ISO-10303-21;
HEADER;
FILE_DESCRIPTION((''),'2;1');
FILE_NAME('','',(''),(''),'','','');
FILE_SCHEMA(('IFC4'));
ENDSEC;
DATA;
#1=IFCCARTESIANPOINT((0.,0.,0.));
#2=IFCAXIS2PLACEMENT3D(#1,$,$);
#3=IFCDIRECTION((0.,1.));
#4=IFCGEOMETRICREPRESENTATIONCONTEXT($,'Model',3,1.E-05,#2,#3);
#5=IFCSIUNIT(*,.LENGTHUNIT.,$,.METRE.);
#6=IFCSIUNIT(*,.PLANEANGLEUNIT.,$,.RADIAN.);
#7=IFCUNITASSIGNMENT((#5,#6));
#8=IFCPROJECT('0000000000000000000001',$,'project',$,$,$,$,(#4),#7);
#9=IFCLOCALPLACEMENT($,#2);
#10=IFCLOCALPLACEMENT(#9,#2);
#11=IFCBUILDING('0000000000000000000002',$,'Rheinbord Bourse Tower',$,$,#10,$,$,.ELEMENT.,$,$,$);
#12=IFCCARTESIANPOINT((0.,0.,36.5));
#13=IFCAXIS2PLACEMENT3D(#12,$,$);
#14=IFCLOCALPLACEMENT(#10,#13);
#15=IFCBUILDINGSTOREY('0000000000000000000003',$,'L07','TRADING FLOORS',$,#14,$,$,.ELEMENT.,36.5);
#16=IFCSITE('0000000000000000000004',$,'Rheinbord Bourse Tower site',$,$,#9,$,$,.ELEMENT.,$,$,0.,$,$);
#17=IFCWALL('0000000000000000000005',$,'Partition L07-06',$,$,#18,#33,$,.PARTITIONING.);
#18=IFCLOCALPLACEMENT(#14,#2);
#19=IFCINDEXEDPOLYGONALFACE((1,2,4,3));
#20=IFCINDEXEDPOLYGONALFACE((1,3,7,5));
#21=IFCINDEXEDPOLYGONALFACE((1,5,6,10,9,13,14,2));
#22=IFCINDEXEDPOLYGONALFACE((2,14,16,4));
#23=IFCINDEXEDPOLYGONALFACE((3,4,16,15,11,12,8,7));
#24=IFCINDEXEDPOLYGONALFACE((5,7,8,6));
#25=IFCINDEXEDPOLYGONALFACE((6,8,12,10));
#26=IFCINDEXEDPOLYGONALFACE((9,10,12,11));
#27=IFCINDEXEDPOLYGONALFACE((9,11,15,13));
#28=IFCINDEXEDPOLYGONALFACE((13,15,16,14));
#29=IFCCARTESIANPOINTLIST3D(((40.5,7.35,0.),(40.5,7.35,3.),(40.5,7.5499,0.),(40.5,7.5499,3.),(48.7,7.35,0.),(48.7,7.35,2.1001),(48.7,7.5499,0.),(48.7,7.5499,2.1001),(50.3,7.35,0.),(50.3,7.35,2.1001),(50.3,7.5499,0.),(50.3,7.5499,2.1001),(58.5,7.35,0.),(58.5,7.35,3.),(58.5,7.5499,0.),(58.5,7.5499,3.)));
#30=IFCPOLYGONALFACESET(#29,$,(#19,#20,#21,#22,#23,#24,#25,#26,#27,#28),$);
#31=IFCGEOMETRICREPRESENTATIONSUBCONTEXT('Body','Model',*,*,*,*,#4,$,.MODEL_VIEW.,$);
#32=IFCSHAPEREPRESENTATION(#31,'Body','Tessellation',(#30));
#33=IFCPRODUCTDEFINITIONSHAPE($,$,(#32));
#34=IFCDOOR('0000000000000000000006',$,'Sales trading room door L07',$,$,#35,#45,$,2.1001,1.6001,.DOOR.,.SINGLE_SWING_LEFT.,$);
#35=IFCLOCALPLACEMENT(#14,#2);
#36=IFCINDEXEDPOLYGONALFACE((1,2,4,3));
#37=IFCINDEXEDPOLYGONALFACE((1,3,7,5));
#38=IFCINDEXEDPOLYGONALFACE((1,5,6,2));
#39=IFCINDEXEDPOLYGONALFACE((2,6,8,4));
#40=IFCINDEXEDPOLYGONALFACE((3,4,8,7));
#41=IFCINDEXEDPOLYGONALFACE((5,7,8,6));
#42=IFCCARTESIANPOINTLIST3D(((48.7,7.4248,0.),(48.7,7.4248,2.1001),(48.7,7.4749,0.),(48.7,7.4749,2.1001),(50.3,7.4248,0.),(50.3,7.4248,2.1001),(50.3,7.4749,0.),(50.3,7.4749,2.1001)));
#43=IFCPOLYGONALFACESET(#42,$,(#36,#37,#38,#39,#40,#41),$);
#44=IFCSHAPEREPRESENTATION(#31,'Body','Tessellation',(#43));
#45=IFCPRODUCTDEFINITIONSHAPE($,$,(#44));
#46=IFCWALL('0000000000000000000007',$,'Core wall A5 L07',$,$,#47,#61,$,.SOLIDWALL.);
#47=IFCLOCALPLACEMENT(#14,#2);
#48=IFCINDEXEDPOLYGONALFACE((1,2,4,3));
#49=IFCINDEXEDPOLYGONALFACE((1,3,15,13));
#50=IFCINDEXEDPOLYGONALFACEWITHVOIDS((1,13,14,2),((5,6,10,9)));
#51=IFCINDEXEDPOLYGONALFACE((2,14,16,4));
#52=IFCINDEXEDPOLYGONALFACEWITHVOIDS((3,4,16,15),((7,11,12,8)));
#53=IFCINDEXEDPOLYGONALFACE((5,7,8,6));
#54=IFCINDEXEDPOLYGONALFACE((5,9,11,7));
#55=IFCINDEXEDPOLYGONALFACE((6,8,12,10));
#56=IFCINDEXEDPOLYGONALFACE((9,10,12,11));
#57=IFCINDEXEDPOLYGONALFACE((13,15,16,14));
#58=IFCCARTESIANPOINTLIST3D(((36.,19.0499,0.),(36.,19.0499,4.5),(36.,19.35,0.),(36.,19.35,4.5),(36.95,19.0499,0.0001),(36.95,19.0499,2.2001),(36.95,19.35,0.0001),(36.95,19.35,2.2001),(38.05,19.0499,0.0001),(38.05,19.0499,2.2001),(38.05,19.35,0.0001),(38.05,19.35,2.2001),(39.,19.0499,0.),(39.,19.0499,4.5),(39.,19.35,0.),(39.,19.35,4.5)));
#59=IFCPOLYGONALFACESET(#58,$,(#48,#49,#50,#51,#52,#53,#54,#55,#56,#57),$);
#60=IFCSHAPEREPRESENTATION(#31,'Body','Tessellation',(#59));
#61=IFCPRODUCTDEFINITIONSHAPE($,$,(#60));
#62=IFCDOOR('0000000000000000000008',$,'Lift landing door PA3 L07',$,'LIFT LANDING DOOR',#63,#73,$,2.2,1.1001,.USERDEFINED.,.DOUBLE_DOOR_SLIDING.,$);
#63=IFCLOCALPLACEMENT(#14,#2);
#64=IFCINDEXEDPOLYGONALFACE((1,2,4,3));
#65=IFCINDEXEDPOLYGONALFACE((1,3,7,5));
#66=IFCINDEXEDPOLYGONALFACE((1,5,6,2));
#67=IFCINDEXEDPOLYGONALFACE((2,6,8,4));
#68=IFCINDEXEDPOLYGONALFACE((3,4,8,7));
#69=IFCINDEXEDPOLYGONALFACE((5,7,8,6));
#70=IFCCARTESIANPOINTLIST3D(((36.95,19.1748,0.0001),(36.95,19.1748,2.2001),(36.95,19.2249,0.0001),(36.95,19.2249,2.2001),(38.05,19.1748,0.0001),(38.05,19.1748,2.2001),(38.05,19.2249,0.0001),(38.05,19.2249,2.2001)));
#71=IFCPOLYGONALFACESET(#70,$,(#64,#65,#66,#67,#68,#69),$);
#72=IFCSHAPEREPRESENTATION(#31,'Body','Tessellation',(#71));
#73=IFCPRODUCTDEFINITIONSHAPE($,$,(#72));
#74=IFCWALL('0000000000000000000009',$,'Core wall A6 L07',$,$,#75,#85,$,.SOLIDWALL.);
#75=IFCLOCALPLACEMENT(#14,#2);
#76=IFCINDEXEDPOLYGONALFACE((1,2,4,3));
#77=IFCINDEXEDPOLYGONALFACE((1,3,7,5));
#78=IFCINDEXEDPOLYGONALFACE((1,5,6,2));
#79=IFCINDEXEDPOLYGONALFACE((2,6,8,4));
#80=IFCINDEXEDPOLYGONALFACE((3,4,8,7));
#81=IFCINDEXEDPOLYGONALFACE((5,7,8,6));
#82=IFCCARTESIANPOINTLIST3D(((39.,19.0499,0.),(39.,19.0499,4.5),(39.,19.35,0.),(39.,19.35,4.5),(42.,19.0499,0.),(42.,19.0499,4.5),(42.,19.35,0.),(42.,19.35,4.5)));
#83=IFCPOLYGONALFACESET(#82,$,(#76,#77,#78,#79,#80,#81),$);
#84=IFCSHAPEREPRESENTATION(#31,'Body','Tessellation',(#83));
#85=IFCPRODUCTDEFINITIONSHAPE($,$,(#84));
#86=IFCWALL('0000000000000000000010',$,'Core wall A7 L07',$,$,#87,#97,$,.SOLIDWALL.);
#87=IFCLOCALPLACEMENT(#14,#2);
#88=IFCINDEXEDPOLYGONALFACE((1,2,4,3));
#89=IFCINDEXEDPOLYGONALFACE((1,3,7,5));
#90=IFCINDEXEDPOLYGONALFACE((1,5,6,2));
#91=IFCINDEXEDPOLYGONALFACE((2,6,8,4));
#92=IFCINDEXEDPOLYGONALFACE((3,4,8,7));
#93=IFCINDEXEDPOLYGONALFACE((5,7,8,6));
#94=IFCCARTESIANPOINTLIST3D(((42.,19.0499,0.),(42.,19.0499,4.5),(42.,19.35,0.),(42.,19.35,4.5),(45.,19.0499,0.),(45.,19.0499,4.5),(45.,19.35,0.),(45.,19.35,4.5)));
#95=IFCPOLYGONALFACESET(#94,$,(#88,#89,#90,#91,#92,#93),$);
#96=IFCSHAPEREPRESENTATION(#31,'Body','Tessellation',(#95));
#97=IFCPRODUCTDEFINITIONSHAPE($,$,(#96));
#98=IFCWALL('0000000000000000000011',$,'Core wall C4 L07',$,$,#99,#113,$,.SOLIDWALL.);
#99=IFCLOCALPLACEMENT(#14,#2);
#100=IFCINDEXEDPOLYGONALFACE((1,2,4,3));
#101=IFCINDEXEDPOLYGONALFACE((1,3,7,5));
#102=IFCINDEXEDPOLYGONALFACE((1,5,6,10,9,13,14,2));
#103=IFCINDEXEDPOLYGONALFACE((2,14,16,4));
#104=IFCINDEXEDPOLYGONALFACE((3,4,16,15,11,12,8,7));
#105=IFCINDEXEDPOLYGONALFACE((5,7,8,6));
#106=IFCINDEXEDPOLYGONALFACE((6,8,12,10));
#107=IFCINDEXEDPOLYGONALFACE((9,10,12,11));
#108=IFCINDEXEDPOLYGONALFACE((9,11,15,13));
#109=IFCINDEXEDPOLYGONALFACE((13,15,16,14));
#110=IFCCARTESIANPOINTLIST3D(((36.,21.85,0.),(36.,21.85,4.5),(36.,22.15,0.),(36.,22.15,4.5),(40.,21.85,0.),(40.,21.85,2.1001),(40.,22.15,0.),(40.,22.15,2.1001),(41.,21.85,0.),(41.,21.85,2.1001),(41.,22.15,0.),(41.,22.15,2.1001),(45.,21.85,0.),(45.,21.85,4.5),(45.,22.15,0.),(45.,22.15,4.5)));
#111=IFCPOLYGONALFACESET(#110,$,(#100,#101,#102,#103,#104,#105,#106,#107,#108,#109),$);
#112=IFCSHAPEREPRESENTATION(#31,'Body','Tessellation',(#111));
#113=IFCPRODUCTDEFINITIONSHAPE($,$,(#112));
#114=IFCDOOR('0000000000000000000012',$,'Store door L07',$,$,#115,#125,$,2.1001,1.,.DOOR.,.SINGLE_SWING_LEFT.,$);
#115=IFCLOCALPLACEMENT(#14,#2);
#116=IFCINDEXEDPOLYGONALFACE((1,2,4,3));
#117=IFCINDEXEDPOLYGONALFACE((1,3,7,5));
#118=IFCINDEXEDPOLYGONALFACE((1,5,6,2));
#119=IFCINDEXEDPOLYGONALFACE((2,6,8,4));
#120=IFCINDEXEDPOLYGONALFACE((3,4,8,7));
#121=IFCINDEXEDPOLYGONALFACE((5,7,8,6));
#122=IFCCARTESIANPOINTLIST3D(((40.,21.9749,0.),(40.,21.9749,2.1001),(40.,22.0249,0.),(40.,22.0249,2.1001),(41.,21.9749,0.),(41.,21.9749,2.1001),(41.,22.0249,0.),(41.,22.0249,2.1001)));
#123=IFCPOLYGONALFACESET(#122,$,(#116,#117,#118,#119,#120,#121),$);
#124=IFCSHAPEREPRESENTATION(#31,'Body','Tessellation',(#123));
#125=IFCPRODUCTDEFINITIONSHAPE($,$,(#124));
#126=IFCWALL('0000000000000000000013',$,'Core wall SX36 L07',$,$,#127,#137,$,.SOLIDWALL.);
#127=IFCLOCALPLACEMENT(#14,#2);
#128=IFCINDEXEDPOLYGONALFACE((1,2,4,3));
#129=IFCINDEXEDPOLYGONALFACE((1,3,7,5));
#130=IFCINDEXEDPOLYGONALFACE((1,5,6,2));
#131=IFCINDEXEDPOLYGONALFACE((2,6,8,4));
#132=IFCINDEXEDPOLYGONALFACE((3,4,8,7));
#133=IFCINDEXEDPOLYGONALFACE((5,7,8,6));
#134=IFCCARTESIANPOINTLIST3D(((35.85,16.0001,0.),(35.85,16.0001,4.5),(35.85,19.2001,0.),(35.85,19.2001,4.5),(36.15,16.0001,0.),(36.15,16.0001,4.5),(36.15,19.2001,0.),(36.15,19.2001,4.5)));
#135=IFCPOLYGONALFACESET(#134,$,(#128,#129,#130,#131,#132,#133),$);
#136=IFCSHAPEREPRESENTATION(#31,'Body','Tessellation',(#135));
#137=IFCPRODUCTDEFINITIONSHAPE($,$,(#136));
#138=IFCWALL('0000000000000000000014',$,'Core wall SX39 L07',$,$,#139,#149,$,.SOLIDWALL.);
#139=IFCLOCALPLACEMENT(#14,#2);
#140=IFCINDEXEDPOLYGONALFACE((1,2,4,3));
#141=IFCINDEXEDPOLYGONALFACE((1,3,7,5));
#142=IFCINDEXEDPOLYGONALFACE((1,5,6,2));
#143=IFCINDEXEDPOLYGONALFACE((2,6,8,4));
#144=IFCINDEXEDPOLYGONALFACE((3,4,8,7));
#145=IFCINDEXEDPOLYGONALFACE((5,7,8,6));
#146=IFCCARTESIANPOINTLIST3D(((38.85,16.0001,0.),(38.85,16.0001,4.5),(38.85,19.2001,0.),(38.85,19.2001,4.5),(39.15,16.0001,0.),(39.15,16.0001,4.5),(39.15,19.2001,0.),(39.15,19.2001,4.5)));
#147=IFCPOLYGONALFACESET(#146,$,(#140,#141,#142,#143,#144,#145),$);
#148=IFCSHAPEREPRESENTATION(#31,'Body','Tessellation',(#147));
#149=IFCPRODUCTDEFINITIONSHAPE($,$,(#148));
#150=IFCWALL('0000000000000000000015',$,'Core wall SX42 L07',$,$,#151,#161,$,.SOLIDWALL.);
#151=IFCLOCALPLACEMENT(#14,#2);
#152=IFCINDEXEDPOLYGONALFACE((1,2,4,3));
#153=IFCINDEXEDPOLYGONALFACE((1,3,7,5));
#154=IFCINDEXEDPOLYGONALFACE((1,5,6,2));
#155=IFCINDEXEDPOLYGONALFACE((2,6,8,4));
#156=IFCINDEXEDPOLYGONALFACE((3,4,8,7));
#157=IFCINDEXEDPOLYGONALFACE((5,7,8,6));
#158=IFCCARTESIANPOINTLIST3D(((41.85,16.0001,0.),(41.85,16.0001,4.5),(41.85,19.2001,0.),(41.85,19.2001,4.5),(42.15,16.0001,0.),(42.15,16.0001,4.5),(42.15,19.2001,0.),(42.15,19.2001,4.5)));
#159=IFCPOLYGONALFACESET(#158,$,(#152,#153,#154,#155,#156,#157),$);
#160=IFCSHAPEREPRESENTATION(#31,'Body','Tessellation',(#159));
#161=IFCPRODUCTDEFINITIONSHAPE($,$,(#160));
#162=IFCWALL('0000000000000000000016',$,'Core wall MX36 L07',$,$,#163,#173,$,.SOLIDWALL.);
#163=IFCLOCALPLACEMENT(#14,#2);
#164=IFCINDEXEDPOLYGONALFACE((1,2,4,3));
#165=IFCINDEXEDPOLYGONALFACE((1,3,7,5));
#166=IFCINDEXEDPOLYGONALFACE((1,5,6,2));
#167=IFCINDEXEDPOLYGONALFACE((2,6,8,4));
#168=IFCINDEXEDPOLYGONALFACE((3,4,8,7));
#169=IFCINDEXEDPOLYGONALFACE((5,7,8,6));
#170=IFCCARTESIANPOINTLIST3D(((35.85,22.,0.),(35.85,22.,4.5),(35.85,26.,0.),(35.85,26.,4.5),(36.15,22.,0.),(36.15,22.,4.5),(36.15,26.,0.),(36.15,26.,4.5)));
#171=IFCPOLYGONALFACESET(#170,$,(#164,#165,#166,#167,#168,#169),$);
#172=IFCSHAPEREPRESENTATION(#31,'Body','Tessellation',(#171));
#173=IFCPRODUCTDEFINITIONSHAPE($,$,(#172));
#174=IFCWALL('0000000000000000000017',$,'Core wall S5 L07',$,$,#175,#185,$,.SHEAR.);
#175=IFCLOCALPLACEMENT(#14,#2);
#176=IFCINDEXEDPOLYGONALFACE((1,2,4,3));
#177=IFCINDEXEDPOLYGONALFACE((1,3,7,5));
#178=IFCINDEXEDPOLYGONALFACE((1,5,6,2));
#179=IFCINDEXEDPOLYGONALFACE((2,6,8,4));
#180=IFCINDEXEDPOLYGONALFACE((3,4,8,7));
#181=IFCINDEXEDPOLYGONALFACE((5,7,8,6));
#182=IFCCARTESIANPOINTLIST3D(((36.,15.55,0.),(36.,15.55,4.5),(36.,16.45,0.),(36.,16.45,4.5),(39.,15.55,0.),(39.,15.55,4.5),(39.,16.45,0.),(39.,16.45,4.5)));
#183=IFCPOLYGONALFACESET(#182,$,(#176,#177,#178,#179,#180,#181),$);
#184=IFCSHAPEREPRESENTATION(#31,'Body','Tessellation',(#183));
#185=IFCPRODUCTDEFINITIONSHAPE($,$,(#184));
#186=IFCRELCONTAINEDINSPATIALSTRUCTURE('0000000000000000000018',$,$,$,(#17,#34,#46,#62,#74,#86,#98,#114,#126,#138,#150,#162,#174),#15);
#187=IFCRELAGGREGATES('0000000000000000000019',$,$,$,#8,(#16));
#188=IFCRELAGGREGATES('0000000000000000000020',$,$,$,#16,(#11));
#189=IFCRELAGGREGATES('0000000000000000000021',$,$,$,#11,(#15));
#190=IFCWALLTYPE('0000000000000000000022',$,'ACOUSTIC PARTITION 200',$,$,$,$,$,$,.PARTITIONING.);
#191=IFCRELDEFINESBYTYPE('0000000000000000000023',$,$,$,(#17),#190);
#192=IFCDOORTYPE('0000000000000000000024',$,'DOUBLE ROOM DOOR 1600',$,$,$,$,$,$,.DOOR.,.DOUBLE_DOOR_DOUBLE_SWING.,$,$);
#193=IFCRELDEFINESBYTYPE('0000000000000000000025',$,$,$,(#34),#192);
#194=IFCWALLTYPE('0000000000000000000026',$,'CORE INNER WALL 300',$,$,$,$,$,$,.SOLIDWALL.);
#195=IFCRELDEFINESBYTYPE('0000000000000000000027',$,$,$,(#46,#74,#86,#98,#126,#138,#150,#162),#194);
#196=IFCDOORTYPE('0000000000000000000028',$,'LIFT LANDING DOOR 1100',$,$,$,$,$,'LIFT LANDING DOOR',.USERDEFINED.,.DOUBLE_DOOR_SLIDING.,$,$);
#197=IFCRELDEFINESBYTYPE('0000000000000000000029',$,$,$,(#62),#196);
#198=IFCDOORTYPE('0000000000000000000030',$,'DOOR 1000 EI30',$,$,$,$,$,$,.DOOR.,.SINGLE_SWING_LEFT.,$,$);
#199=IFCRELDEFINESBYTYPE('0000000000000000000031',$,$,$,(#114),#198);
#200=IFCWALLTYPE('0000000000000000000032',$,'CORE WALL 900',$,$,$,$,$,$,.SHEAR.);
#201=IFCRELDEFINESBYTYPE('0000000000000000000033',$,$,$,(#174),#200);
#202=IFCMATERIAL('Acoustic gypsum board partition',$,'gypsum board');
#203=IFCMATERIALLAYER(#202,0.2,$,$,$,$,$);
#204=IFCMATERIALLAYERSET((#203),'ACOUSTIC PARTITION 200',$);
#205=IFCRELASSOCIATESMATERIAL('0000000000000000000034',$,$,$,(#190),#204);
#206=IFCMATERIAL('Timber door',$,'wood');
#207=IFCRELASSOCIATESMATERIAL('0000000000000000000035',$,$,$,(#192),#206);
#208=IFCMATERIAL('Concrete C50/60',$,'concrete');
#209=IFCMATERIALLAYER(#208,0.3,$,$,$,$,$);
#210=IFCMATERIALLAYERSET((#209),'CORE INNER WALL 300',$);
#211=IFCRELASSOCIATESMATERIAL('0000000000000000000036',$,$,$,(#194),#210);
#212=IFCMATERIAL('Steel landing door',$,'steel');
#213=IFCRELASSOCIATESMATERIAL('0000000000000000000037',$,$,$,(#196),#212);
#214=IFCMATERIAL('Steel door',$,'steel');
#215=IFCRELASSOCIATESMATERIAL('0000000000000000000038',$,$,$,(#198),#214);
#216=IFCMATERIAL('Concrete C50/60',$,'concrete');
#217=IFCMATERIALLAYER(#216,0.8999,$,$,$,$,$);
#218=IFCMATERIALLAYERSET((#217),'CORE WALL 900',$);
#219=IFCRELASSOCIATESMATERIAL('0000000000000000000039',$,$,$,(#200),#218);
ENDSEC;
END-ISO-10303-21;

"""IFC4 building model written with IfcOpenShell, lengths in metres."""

from ifc_helpers import new_model, si_unit, direction, frame, frame_2d, origin, place, context, subcontext, project, spatial, rectangle, extrude, material, layer, layer_set, type_object, element, fill, save


model = new_model("IFC4")

# Units and contexts
model_context = context("Model", 3, precision=1e-05, world=origin(), true_north=direction((0.0, 1.0)))
body_context = subcontext(model_context, "Body", "Model", "MODEL_VIEW")
ifc_project = project(units=[si_unit("LENGTHUNIT", "METRE"), si_unit("PLANEANGLEUNIT", "RADIAN")], contexts=[model_context])

# Site, building, storey
site_placement = place(None, origin())
site = spatial("IfcSite", under=ifc_project, at=site_placement, Name="Rheinbord Bourse Tower site", CompositionType="ELEMENT", RefElevation=0.0)
building_placement = place(site_placement, origin())
building = spatial("IfcBuilding", under=site, at=building_placement, Name="Rheinbord Bourse Tower", CompositionType="ELEMENT")
storey_placement = place(building_placement, frame((0.0, 0.0, 36.5)))
storey = spatial("IfcBuildingStorey", under=building, at=storey_placement, Name="L07", Description="TRADING FLOORS", CompositionType="ELEMENT", Elevation=36.5)

# Walls, openings, doors
ifc_material_1 = material(Name="Acoustic gypsum board partition", Category="gypsum board")
ifc_layer_1 = layer(ifc_material_1, 0.2)
ifc_layer_set_1 = layer_set([ifc_layer_1], Name="ACOUSTIC PARTITION 200")
wall_type_1 = type_object("IfcWallType", Name="ACOUSTIC PARTITION 200", PredefinedType="PARTITIONING", material=ifc_layer_set_1)
wall_1_placement = place(storey_placement, frame((40.5, 7.45, 0.0), z_axis=(0.0, 0.0, 1.0), x_axis=(1.0, 0.0, 0.0)))
wall_1 = element("IfcWall", 1, at=wall_1_placement, inside=storey, type_object=wall_type_1, Name="Partition L07-06", PredefinedType="PARTITIONING", context=body_context, shape_type="SweptSolid", body=[
    extrude(rectangle(XDim=18.0, YDim=0.2, at=frame_2d((9.0, 0.0))), origin(), (0.0, 0.0, 1.0), 3.0),
])
opening_1_placement = place(wall_1_placement, frame((8.2, 0.0, 0.0)))
opening_1 = element("IfcOpeningElement", 2, at=opening_1_placement, cuts=wall_1, PredefinedType="OPENING", context=body_context, shape_type="SweptSolid", body=[
    extrude(rectangle(XDim=1.6001, YDim=2.1001, at=frame_2d((0.8, 1.05))), frame((0.0, 0.1099, 0.0), z_axis=(0.0, -1.0, 0.0), x_axis=(1.0, 0.0, 0.0)), (0.0, 0.0, 1.0), 0.22),
])
ifc_material_2 = material(Name="Timber door", Category="wood")
door_type_1 = type_object("IfcDoorType", Name="DOUBLE ROOM DOOR 1600", OperationType="DOUBLE_DOOR_DOUBLE_SWING", PredefinedType="DOOR", material=ifc_material_2)
door_1_placement = place(opening_1_placement, origin())
door_1 = element("IfcDoor", 3, at=door_1_placement, inside=storey, type_object=door_type_1, Name="Sales trading room door L07", OperationType="SINGLE_SWING_LEFT", OverallHeight=2.1001, OverallWidth=1.6001, PredefinedType="DOOR", context=body_context, shape_type="SweptSolid", body=[
    extrude(rectangle(XDim=1.6001, YDim=2.1001, at=frame_2d((0.8, 1.05))), frame((0.0, 0.0249, 0.0), z_axis=(0.0, -1.0, 0.0), x_axis=(1.0, 0.0, 0.0)), (0.0, 0.0, 1.0), 0.05),
])
fill(opening_1, door_1)
ifc_material_3 = material(Name="Concrete C50/60", Category="concrete")
ifc_layer_2 = layer(ifc_material_3, 0.3)
ifc_layer_set_2 = layer_set([ifc_layer_2], Name="CORE INNER WALL 300")
wall_type_2 = type_object("IfcWallType", Name="CORE INNER WALL 300", PredefinedType="SOLIDWALL", material=ifc_layer_set_2)
wall_2_placement = place(storey_placement, frame((36.0, 19.2, 0.0), z_axis=(0.0, 0.0, 1.0), x_axis=(1.0, 0.0, 0.0)))
wall_2 = element("IfcWall", 4, at=wall_2_placement, inside=storey, type_object=wall_type_2, Name="Core wall A5 L07", PredefinedType="SOLIDWALL", context=body_context, shape_type="SweptSolid", body=[
    extrude(rectangle(XDim=3.0, YDim=0.3, at=frame_2d((1.5, 0.0))), origin(), (0.0, 0.0, 1.0), 4.5),
])
opening_2_placement = place(wall_2_placement, frame((0.95, 0.0, 0.0)))
opening_2 = element("IfcOpeningElement", 5, at=opening_2_placement, cuts=wall_2, PredefinedType="OPENING", context=body_context, shape_type="SweptSolid", body=[
    extrude(rectangle(XDim=1.1001, YDim=2.2, at=frame_2d((0.55, 1.1001))), frame((0.0, 0.1599, 0.0), z_axis=(0.0, -1.0, 0.0), x_axis=(1.0, 0.0, 0.0)), (0.0, 0.0, 1.0), 0.3201),
])
ifc_material_4 = material(Name="Steel landing door", Category="steel")
door_type_2 = type_object("IfcDoorType", Name="LIFT LANDING DOOR 1100", ElementType="LIFT LANDING DOOR", OperationType="DOUBLE_DOOR_SLIDING", PredefinedType="USERDEFINED", material=ifc_material_4)
door_2_placement = place(opening_2_placement, origin())
door_2 = element("IfcDoor", 6, at=door_2_placement, inside=storey, type_object=door_type_2, Name="Lift landing door PA3 L07", ObjectType="LIFT LANDING DOOR", OperationType="DOUBLE_DOOR_SLIDING", OverallHeight=2.2, OverallWidth=1.1001, PredefinedType="USERDEFINED", context=body_context, shape_type="SweptSolid", body=[
    extrude(rectangle(XDim=1.1001, YDim=2.2, at=frame_2d((0.55, 1.1001))), frame((0.0, 0.0249, 0.0), z_axis=(0.0, -1.0, 0.0), x_axis=(1.0, 0.0, 0.0)), (0.0, 0.0, 1.0), 0.05),
])
fill(opening_2, door_2)

# Walls
for number, where, z_axis, x_axis, name in (
    (7, (39.0, 19.2, 0.0), (0.0, 0.0, 1.0), (1.0, 0.0, 0.0), "Core wall A6 L07"),
    (8, (42.0, 19.2, 0.0), (0.0, 0.0, 1.0), (1.0, 0.0, 0.0), "Core wall A7 L07"),
):
    element("IfcWall", number, at=place(storey_placement, frame(where, z_axis=z_axis, x_axis=x_axis)), inside=storey, type_object=wall_type_2, Name=name, PredefinedType="SOLIDWALL", context=body_context, shape_type="SweptSolid", body=[
        extrude(rectangle(XDim=3.0, YDim=0.3, at=frame_2d((1.5, 0.0))), origin(), (0.0, 0.0, 1.0), 4.5),
    ])

# Wall, opening, door
wall_3_placement = place(storey_placement, frame((36.0, 22.0, 0.0), z_axis=(0.0, 0.0, 1.0), x_axis=(1.0, 0.0, 0.0)))
wall_3 = element("IfcWall", 9, at=wall_3_placement, inside=storey, type_object=wall_type_2, Name="Core wall C4 L07", PredefinedType="SOLIDWALL", context=body_context, shape_type="SweptSolid", body=[
    extrude(rectangle(XDim=9.0, YDim=0.3, at=frame_2d((4.5, 0.0))), origin(), (0.0, 0.0, 1.0), 4.5),
])
opening_3_placement = place(wall_3_placement, frame((4.0, 0.0, 0.0)))
opening_3 = element("IfcOpeningElement", 10, at=opening_3_placement, cuts=wall_3, PredefinedType="OPENING", context=body_context, shape_type="SweptSolid", body=[
    extrude(rectangle(XDim=1.0, YDim=2.1001, at=frame_2d((0.5, 1.05))), frame((0.0, 0.1599, 0.0), z_axis=(0.0, -1.0, 0.0), x_axis=(1.0, 0.0, 0.0)), (0.0, 0.0, 1.0), 0.3201),
])
ifc_material_5 = material(Name="Steel door", Category="steel")
door_type_3 = type_object("IfcDoorType", Name="DOOR 1000 EI30", OperationType="SINGLE_SWING_LEFT", PredefinedType="DOOR", material=ifc_material_5)
door_3_placement = place(opening_3_placement, origin())
door_3 = element("IfcDoor", 11, at=door_3_placement, inside=storey, type_object=door_type_3, Name="Store door L07", OperationType="SINGLE_SWING_LEFT", OverallHeight=2.1001, OverallWidth=1.0, PredefinedType="DOOR", context=body_context, shape_type="SweptSolid", body=[
    extrude(rectangle(XDim=1.0, YDim=2.1001, at=frame_2d((0.5, 1.05))), frame((0.0, 0.0249, 0.0), z_axis=(0.0, -1.0, 0.0), x_axis=(1.0, 0.0, 0.0)), (0.0, 0.0, 1.0), 0.05),
])
fill(opening_3, door_3)

# Walls
for number, where, z_axis, x_axis, name in (
    (12, (36.0, 16.0, 0.0), (0.0, 0.0, 1.0), (0.0, 1.0, 0.0), "Core wall SX36 L07"),
    (13, (39.0, 16.0, 0.0), (0.0, 0.0, 1.0), (0.0, 1.0, 0.0), "Core wall SX39 L07"),
    (14, (42.0, 16.0, 0.0), (0.0, 0.0, 1.0), (0.0, 1.0, 0.0), "Core wall SX42 L07"),
):
    element("IfcWall", number, at=place(storey_placement, frame(where, z_axis=z_axis, x_axis=x_axis)), inside=storey, type_object=wall_type_2, Name=name, PredefinedType="SOLIDWALL", context=body_context, shape_type="SweptSolid", body=[
        extrude(rectangle(XDim=3.2, YDim=0.3, at=frame_2d((1.6001, 0.0))), origin(), (0.0, 0.0, 1.0), 4.5),
    ])
wall_4_placement = place(storey_placement, frame((36.0, 22.0, 0.0), z_axis=(0.0, 0.0, 1.0), x_axis=(0.0, 1.0, 0.0)))
element("IfcWall", 15, at=wall_4_placement, inside=storey, type_object=wall_type_2, Name="Core wall MX36 L07", PredefinedType="SOLIDWALL", context=body_context, shape_type="SweptSolid", body=[
    extrude(rectangle(XDim=4.0, YDim=0.3, at=frame_2d((2.0, 0.0))), origin(), (0.0, 0.0, 1.0), 4.5),
])
ifc_material_6 = material(Name="Concrete C50/60", Category="concrete")
ifc_layer_3 = layer(ifc_material_6, 0.8999)
ifc_layer_set_3 = layer_set([ifc_layer_3], Name="CORE WALL 900")
wall_type_3 = type_object("IfcWallType", Name="CORE WALL 900", PredefinedType="SHEAR", material=ifc_layer_set_3)
for number, where, z_axis, x_axis, name in (
    (16, (36.0, 16.0, 0.0), (0.0, 0.0, 1.0), (1.0, 0.0, 0.0), "Core wall S5 L07"),
):
    element("IfcWall", number, at=place(storey_placement, frame(where, z_axis=z_axis, x_axis=x_axis)), inside=storey, type_object=wall_type_3, Name=name, PredefinedType="SHEAR", context=body_context, shape_type="SweptSolid", body=[
        extrude(rectangle(XDim=3.0, YDim=0.8999, at=frame_2d((1.5, 0.0))), origin(), (0.0, 0.0, 1.0), 4.5),
    ])

save(model, "model.ifc")
